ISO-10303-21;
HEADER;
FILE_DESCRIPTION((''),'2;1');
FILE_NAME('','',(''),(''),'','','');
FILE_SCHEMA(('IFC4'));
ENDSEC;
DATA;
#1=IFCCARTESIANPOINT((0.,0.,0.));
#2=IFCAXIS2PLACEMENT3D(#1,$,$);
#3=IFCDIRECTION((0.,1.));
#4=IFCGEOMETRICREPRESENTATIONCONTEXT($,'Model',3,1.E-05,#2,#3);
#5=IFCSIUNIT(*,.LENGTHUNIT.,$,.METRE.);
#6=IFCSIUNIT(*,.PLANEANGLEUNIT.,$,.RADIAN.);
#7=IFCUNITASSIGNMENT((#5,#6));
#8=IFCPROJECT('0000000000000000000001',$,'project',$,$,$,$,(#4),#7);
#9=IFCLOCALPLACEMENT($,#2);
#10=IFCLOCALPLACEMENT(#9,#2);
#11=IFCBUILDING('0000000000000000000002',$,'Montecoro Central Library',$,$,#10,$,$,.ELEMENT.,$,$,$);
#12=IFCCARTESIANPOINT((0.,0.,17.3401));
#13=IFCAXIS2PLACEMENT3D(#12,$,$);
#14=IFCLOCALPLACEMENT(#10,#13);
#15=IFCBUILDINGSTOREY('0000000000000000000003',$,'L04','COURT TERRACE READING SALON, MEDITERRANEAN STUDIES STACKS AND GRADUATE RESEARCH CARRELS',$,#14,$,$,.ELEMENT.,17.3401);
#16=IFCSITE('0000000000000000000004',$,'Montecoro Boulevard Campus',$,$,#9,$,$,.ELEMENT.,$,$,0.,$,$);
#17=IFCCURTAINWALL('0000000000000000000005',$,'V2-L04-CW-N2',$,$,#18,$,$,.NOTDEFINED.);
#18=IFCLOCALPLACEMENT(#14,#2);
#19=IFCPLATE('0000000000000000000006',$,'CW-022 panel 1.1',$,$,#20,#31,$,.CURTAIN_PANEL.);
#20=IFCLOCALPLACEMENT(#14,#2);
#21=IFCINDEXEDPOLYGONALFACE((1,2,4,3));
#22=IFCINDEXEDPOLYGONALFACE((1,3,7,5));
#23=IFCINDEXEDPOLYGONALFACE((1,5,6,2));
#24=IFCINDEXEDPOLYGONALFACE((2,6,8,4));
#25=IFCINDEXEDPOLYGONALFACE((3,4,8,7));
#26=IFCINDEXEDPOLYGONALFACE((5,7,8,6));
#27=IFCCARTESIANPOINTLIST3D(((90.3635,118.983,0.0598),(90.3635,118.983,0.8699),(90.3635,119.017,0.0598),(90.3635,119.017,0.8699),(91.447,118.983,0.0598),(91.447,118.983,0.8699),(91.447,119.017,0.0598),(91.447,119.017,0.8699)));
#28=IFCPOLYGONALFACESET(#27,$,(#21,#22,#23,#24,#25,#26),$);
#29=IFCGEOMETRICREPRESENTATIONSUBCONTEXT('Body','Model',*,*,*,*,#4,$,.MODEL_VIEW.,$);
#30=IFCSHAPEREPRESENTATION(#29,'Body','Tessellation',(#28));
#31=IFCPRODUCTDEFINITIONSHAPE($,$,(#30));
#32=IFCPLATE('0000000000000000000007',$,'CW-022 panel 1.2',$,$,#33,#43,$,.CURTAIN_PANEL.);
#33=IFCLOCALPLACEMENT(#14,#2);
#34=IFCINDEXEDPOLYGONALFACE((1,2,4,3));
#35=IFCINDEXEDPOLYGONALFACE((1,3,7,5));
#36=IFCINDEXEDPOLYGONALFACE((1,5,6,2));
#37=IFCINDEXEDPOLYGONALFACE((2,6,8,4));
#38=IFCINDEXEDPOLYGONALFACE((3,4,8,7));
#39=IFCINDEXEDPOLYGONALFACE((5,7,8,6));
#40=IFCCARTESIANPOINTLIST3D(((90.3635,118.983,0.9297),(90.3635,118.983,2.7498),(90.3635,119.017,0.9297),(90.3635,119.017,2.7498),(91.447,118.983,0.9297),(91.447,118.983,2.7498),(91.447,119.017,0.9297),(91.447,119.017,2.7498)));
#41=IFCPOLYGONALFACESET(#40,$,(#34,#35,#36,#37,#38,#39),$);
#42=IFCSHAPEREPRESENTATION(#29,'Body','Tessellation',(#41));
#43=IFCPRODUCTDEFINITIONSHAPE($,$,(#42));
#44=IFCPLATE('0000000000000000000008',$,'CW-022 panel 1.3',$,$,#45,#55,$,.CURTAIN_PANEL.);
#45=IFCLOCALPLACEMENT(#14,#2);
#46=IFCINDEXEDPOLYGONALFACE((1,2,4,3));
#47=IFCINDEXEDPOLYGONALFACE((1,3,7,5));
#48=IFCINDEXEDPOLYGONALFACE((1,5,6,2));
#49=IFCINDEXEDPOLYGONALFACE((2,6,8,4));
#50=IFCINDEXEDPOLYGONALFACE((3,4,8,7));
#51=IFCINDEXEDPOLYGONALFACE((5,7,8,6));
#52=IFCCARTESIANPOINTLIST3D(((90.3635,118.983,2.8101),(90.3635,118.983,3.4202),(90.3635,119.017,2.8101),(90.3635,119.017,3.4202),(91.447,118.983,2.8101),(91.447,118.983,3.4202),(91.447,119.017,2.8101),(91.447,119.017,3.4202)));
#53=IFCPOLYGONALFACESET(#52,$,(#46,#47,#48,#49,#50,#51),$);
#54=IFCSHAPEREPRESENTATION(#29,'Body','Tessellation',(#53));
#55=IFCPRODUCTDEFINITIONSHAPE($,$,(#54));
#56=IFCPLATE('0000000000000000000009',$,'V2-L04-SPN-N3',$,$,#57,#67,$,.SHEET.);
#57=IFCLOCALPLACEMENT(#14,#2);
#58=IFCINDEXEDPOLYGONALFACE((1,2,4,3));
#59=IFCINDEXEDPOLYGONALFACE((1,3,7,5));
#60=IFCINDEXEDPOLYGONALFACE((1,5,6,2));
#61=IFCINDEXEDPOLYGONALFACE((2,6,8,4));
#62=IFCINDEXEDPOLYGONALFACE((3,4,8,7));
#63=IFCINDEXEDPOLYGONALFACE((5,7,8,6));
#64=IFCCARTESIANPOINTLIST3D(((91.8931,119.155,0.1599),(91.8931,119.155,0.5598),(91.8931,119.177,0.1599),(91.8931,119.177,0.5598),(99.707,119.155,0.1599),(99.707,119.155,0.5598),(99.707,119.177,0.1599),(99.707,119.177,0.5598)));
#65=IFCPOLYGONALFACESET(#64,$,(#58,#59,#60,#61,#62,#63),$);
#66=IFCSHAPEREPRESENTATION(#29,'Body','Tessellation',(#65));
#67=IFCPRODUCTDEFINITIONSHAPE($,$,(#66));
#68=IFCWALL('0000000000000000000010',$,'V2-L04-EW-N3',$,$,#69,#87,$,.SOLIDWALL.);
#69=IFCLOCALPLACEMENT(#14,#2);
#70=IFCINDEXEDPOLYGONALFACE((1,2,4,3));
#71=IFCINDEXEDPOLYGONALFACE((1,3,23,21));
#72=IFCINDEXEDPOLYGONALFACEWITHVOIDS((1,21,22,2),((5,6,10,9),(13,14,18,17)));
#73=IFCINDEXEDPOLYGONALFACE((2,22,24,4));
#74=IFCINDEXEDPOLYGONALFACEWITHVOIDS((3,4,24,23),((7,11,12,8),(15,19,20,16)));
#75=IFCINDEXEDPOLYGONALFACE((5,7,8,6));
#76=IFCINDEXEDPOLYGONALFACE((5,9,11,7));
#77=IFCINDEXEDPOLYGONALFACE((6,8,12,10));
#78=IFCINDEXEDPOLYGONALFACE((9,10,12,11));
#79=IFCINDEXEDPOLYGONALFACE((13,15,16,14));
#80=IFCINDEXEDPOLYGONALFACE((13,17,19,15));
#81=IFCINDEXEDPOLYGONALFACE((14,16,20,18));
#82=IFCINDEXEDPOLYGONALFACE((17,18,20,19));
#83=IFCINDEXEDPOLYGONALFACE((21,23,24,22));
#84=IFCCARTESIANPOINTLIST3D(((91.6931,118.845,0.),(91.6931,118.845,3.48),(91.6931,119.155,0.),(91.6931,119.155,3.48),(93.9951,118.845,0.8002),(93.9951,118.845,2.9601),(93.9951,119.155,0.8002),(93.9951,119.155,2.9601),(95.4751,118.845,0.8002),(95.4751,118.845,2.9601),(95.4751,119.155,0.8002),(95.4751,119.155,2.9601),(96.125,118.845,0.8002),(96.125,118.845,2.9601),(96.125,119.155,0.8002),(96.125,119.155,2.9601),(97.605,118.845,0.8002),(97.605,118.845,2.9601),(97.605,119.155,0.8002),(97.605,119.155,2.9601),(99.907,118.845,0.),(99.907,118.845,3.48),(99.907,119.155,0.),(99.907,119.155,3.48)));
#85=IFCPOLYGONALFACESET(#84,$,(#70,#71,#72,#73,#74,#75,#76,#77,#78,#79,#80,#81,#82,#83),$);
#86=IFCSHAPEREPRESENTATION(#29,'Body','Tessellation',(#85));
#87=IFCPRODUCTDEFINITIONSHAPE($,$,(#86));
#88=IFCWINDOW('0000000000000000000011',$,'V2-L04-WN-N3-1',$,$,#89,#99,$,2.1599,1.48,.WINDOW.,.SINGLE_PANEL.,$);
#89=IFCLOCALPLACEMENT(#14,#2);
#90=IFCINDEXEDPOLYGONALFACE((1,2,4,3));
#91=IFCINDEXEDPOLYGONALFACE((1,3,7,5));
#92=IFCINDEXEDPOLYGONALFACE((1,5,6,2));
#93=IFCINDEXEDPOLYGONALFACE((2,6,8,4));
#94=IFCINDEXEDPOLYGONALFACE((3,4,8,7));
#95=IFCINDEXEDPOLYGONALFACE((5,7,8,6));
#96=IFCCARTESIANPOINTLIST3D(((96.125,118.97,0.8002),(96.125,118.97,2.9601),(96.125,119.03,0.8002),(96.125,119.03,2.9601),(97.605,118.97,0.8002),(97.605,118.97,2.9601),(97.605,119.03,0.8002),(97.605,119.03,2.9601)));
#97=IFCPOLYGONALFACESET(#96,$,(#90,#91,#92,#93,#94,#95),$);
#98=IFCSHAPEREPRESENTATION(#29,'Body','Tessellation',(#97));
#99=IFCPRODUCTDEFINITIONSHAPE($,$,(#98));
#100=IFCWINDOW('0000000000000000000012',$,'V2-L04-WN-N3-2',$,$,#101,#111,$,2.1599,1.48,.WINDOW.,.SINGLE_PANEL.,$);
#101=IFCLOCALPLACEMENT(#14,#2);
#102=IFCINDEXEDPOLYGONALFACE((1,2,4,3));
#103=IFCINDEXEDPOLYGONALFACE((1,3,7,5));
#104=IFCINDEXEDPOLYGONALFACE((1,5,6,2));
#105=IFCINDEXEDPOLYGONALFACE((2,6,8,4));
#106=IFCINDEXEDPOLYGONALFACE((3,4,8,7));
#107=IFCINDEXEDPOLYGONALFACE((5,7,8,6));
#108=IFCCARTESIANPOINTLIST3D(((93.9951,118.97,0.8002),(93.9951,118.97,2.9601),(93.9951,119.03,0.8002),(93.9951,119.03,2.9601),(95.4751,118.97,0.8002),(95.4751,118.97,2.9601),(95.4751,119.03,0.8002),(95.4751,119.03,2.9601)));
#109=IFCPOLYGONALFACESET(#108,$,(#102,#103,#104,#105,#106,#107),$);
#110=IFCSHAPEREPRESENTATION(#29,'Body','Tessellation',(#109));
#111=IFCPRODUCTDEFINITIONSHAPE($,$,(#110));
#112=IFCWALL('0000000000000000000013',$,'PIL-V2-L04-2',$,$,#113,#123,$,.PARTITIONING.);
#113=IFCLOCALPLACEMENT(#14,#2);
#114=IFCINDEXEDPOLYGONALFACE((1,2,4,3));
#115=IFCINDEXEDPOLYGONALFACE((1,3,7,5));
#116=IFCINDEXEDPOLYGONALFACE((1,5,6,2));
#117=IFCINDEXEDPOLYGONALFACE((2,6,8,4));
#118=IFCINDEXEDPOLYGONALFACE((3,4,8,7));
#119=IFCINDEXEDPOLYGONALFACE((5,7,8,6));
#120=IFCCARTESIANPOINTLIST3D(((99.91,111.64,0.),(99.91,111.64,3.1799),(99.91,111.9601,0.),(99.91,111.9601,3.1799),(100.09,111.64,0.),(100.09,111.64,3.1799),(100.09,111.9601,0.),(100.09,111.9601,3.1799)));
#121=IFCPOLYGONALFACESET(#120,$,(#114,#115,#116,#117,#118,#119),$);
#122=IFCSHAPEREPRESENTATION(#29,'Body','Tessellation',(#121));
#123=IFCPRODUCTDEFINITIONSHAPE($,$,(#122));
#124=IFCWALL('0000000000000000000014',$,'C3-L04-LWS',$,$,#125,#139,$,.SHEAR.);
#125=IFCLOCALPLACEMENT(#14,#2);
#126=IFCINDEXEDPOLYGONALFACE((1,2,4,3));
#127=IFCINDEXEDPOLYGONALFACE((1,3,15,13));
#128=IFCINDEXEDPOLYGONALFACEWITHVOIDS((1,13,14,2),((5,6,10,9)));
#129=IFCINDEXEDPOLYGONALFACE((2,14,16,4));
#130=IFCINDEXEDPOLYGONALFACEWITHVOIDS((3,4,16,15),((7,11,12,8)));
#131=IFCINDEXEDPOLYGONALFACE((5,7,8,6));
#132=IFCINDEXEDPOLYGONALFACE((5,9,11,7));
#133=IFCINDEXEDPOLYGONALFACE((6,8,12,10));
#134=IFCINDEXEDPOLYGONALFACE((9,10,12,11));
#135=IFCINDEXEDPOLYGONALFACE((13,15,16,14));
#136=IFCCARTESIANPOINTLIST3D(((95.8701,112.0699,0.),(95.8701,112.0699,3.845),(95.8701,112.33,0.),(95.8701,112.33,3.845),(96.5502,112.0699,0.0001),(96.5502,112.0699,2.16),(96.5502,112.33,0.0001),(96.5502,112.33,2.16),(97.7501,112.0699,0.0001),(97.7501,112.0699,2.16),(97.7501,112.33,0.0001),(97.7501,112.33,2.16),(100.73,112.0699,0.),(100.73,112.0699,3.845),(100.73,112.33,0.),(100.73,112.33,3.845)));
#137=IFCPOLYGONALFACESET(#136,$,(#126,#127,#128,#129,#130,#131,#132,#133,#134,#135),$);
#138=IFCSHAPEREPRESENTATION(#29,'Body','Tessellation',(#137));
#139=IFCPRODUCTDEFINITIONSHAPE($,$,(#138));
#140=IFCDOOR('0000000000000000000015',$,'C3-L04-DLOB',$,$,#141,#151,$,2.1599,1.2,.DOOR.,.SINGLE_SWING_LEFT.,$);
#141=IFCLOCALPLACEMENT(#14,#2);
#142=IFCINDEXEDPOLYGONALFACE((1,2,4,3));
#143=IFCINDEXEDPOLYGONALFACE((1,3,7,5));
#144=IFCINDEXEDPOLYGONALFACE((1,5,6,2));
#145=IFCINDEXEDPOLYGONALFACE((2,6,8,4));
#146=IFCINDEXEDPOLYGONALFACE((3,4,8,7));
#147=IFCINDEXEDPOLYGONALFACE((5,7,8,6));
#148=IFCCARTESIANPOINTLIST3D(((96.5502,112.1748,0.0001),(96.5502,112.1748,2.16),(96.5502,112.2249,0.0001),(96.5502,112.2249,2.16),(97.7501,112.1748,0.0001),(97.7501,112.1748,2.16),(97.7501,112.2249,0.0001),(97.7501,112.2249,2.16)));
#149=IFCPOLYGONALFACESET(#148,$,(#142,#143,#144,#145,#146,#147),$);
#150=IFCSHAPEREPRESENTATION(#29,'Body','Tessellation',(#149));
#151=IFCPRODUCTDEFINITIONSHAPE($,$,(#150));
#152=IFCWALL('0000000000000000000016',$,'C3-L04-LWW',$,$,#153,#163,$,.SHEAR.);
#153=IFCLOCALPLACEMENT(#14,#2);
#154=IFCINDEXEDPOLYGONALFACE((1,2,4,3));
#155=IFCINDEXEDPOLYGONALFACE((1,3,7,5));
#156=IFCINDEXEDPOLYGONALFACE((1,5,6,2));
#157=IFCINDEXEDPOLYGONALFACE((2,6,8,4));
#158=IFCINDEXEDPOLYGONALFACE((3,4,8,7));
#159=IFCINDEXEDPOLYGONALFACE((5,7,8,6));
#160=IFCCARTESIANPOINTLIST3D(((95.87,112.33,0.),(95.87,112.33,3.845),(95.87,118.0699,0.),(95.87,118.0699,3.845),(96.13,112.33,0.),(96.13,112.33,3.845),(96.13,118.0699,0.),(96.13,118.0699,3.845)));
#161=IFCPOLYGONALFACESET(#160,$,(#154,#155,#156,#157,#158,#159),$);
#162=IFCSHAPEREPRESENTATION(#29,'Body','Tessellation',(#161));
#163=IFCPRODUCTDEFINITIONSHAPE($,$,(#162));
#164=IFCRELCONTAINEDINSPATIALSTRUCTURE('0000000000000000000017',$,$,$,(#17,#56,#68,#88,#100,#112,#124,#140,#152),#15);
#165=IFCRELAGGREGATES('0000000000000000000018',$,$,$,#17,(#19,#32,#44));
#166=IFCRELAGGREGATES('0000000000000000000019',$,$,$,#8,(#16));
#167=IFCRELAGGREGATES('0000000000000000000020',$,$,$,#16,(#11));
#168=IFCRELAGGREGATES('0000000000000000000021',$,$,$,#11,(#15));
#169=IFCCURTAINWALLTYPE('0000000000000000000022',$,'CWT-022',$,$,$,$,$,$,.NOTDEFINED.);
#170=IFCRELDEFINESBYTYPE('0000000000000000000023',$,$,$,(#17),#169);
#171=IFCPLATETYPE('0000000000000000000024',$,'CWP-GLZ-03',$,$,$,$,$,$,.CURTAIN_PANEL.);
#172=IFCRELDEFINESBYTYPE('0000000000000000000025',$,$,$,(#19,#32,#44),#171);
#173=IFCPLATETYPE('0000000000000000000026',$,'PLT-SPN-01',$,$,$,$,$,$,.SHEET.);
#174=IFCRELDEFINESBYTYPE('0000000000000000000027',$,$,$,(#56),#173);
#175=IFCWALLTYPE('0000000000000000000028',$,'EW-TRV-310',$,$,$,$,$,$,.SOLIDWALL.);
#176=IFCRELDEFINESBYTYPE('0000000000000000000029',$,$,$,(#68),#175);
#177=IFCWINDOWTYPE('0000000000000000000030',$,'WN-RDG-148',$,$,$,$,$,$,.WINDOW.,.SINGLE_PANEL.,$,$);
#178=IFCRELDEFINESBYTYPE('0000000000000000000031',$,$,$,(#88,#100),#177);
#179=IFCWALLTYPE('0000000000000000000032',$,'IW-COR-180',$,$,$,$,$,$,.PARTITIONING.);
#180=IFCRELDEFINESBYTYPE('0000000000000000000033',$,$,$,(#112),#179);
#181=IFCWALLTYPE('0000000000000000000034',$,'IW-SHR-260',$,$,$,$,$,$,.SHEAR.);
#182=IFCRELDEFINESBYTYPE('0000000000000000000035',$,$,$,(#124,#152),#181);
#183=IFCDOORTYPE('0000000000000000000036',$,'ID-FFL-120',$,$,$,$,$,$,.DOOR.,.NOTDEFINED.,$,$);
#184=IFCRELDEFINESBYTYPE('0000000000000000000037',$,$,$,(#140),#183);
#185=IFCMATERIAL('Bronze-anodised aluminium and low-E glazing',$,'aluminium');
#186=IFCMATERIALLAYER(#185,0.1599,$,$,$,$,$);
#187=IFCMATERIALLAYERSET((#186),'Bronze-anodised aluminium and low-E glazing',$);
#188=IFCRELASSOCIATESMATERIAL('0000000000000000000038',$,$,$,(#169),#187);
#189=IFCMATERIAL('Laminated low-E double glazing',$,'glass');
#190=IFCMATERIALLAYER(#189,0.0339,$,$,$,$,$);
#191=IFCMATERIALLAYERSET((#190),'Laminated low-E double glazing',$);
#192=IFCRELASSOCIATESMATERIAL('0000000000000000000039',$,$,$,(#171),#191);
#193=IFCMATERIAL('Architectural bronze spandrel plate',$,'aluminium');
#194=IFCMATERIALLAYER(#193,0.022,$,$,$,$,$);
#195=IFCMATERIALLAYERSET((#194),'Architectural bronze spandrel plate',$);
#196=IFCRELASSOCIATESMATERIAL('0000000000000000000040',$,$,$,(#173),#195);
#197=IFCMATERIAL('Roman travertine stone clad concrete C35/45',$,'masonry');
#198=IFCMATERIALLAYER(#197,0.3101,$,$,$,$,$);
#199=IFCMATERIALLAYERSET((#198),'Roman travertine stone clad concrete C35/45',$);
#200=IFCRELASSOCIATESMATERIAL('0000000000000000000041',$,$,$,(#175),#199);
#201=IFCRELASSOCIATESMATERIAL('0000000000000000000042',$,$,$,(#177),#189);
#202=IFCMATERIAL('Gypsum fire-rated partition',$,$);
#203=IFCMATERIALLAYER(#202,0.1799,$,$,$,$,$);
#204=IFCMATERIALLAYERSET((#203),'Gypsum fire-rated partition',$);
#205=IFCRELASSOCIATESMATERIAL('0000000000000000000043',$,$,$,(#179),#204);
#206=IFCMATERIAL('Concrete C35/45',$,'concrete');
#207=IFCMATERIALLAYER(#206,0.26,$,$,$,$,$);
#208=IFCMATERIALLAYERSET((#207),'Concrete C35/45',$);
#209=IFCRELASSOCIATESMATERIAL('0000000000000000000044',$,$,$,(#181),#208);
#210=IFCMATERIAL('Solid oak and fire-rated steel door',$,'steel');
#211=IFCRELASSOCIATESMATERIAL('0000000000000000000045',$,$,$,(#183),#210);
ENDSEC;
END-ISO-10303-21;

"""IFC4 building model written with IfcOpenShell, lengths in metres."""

from ifc_helpers import new_model, si_unit, direction, frame, frame_2d, origin, origin_2d, place, context, subcontext, project, spatial, rectangle, extrude, material, layer, layer_set, type_object, element, fill, aggregate, save


model = new_model("IFC4")

# Units and contexts
model_context = context("Model", 3, precision=1e-05, world=origin(), true_north=direction((0.0, 1.0)))
body_context = subcontext(model_context, "Body", "Model", "MODEL_VIEW")
ifc_project = project(units=[si_unit("LENGTHUNIT", "METRE"), si_unit("PLANEANGLEUNIT", "RADIAN")], contexts=[model_context])

# Site, building, storey
site_placement = place(None, origin())
site = spatial("IfcSite", under=ifc_project, at=site_placement, Name="Montecoro Boulevard Campus", CompositionType="ELEMENT", RefElevation=0.0)
building_placement = place(site_placement, origin())
building = spatial("IfcBuilding", under=site, at=building_placement, Name="Montecoro Central Library", CompositionType="ELEMENT")
storey_placement = place(building_placement, frame((0.0, 0.0, 17.3401)))
storey = spatial("IfcBuildingStorey", under=building, at=storey_placement, Name="L04", Description="COURT TERRACE READING SALON, MEDITERRANEAN STUDIES STACKS AND GRADUATE RESEARCH CARRELS", CompositionType="ELEMENT", Elevation=17.3401)

# Shared definitions
ifc_material_1 = material(Name="Bronze-anodised aluminium and low-E glazing", Category="aluminium")
ifc_layer_1 = layer(ifc_material_1, 0.1599)
ifc_layer_set_1 = layer_set([ifc_layer_1], Name="Bronze-anodised aluminium and low-E glazing")
curtain_wall_type = type_object("IfcCurtainWallType", Name="CWT-022", PredefinedType="NOTDEFINED", material=ifc_layer_set_1)

# Curtain wall, plates
curtain_wall_1_placement = place(storey_placement, origin())
curtain_wall_1 = element("IfcCurtainWall", 1, at=curtain_wall_1_placement, inside=storey, type_object=curtain_wall_type, Name="V2-L04-CW-N2", PredefinedType="NOTDEFINED")
ifc_material_2 = material(Name="Laminated low-E double glazing", Category="glass")
ifc_layer_2 = layer(ifc_material_2, 0.0339)
ifc_layer_set_2 = layer_set([ifc_layer_2], Name="Laminated low-E double glazing")
plate_type_1 = type_object("IfcPlateType", Name="CWP-GLZ-03", PredefinedType="CURTAIN_PANEL", material=ifc_layer_set_2)
plate_1_placement = place(storey_placement, frame((90.9053, 119.0, 0.0598), z_axis=(0.0, 0.0, 1.0), x_axis=(-1.0, 0.0, 0.0)))
plate_1 = element("IfcPlate", 2, at=plate_1_placement, type_object=plate_type_1, Name="CW-022 panel 1.1", PredefinedType="CURTAIN_PANEL", context=body_context, shape_type="SweptSolid", body=[
    extrude(rectangle(XDim=1.0835, YDim=0.0339, at=origin_2d()), origin(), (0.0, 0.0, 1.0), 0.8101),
])
plate_2_placement = place(storey_placement, frame((90.9053, 119.0, 0.9297), z_axis=(0.0, 0.0, 1.0), x_axis=(-1.0, 0.0, 0.0)))
plate_2 = element("IfcPlate", 3, at=plate_2_placement, type_object=plate_type_1, Name="CW-022 panel 1.2", PredefinedType="CURTAIN_PANEL", context=body_context, shape_type="SweptSolid", body=[
    extrude(rectangle(XDim=1.0835, YDim=0.0339, at=origin_2d()), origin(), (0.0, 0.0, 1.0), 1.8201),
])
plate_3_placement = place(storey_placement, frame((90.9053, 119.0, 2.8101), z_axis=(0.0, 0.0, 1.0), x_axis=(-1.0, 0.0, 0.0)))
plate_3 = element("IfcPlate", 4, at=plate_3_placement, type_object=plate_type_1, Name="CW-022 panel 1.3", PredefinedType="CURTAIN_PANEL", context=body_context, shape_type="SweptSolid", body=[
    extrude(rectangle(XDim=1.0835, YDim=0.0339, at=origin_2d()), origin(), (0.0, 0.0, 1.0), 0.6101),
])
aggregate(curtain_wall_1, [plate_1, plate_2, plate_3])

# Plate
ifc_material_3 = material(Name="Architectural bronze spandrel plate", Category="aluminium")
ifc_layer_3 = layer(ifc_material_3, 0.022)
ifc_layer_set_3 = layer_set([ifc_layer_3], Name="Architectural bronze spandrel plate")
plate_type_2 = type_object("IfcPlateType", Name="PLT-SPN-01", PredefinedType="SHEET", material=ifc_layer_set_3)
plate_4_placement = place(storey_placement, frame((95.8, 119.166, 0.1599), z_axis=(0.0, 0.0, 1.0), x_axis=(-1.0, 0.0, 0.0)))
element("IfcPlate", 5, at=plate_4_placement, inside=storey, type_object=plate_type_2, Name="V2-L04-SPN-N3", PredefinedType="SHEET", context=body_context, shape_type="SweptSolid", body=[
    extrude(rectangle(XDim=7.814, YDim=0.022, at=origin_2d()), origin(), (0.0, 0.0, 1.0), 0.3999),
])

# Wall, openings, windows
ifc_material_4 = material(Name="Roman travertine stone clad concrete C35/45", Category="masonry")
ifc_layer_4 = layer(ifc_material_4, 0.3101)
ifc_layer_set_4 = layer_set([ifc_layer_4], Name="Roman travertine stone clad concrete C35/45")
wall_type_1 = type_object("IfcWallType", Name="EW-TRV-310", PredefinedType="SOLIDWALL", material=ifc_layer_set_4)
wall_1_placement = place(storey_placement, frame((99.907, 119.0, 0.0), z_axis=(0.0, 0.0, 1.0), x_axis=(-1.0, 0.0, 0.0)))
wall_1 = element("IfcWall", 6, at=wall_1_placement, inside=storey, type_object=wall_type_1, Name="V2-L04-EW-N3", PredefinedType="SOLIDWALL", context=body_context, shape_type="SweptSolid", body=[
    extrude(rectangle(XDim=8.2139, YDim=0.3101, at=frame_2d((4.1069, 0.0))), origin(), (0.0, 0.0, 1.0), 3.48),
])
opening_1_placement = place(wall_1_placement, frame((2.302, 0.0, 0.8)))
opening_1 = element("IfcOpeningElement", 7, at=opening_1_placement, cuts=wall_1, PredefinedType="OPENING", context=body_context, shape_type="SweptSolid", body=[
    extrude(rectangle(XDim=1.48, YDim=2.1599, at=frame_2d((0.74, 1.0801))), frame((0.0, 0.165, 0.0), z_axis=(0.0, -1.0, 0.0), x_axis=(1.0, 0.0, 0.0)), (0.0, 0.0, 1.0), 0.3301),
])
opening_2_placement = place(wall_1_placement, frame((4.4319, 0.0, 0.8)))
opening_2 = element("IfcOpeningElement", 8, at=opening_2_placement, cuts=wall_1, PredefinedType="OPENING", context=body_context, shape_type="SweptSolid", body=[
    extrude(rectangle(XDim=1.48, YDim=2.1599, at=frame_2d((0.74, 1.0801))), frame((0.0, 0.165, 0.0), z_axis=(0.0, -1.0, 0.0), x_axis=(1.0, 0.0, 0.0)), (0.0, 0.0, 1.0), 0.3301),
])
window_type = type_object("IfcWindowType", Name="WN-RDG-148", PartitioningType="SINGLE_PANEL", PredefinedType="WINDOW", material=ifc_material_2)
window_1_placement = place(opening_1_placement, origin())
window_1 = element("IfcWindow", 9, at=window_1_placement, inside=storey, type_object=window_type, Name="V2-L04-WN-N3-1", OverallHeight=2.1599, OverallWidth=1.48, PartitioningType="SINGLE_PANEL", PredefinedType="WINDOW", context=body_context, shape_type="SweptSolid", body=[
    extrude(rectangle(XDim=1.48, YDim=2.1599, at=frame_2d((0.74, 1.0801))), frame((0.0, 0.03, 0.0), z_axis=(0.0, -1.0, 0.0), x_axis=(1.0, 0.0, 0.0)), (0.0, 0.0, 1.0), 0.0601),
])
fill(opening_1, window_1)
window_2_placement = place(opening_2_placement, origin())
window_2 = element("IfcWindow", 10, at=window_2_placement, inside=storey, type_object=window_type, Name="V2-L04-WN-N3-2", OverallHeight=2.1599, OverallWidth=1.48, PartitioningType="SINGLE_PANEL", PredefinedType="WINDOW", context=body_context, shape_type="SweptSolid", body=[
    extrude(rectangle(XDim=1.48, YDim=2.1599, at=frame_2d((0.74, 1.0801))), frame((0.0, 0.03, 0.0), z_axis=(0.0, -1.0, 0.0), x_axis=(1.0, 0.0, 0.0)), (0.0, 0.0, 1.0), 0.0601),
])
fill(opening_2, window_2)

# Wall
ifc_material_5 = material(Name="Gypsum fire-rated partition")
ifc_layer_5 = layer(ifc_material_5, 0.1799)
ifc_layer_set_5 = layer_set([ifc_layer_5], Name="Gypsum fire-rated partition")
wall_type_2 = type_object("IfcWallType", Name="IW-COR-180", PredefinedType="PARTITIONING", material=ifc_layer_set_5)
wall_2_placement = place(storey_placement, frame((100.0, 111.6399, 0.0), z_axis=(0.0, 0.0, 1.0), x_axis=(0.0, 1.0, 0.0)))
element("IfcWall", 11, at=wall_2_placement, inside=storey, type_object=wall_type_2, Name="PIL-V2-L04-2", PredefinedType="PARTITIONING", context=body_context, shape_type="SweptSolid", body=[
    extrude(rectangle(XDim=0.3201, YDim=0.1799, at=frame_2d((0.1602, 0.0))), origin(), (0.0, 0.0, 1.0), 3.1799),
])

# Wall, opening, door
ifc_material_6 = material(Name="Solid oak and fire-rated steel door", Category="steel")
ifc_material_7 = material(Name="Concrete C35/45", Category="concrete")
ifc_layer_6 = layer(ifc_material_7, 0.26)
ifc_layer_set_6 = layer_set([ifc_layer_6], Name="Concrete C35/45")
wall_type_3 = type_object("IfcWallType", Name="IW-SHR-260", PredefinedType="SHEAR", material=ifc_layer_set_6)
wall_3_placement = place(storey_placement, frame((95.8701, 112.2, 0.0), z_axis=(0.0, 0.0, 1.0), x_axis=(1.0, 0.0, 0.0)))
wall_3 = element("IfcWall", 12, at=wall_3_placement, inside=storey, type_object=wall_type_3, Name="C3-L04-LWS", PredefinedType="SHEAR", context=body_context, shape_type="SweptSolid", body=[
    extrude(rectangle(XDim=4.8599, YDim=0.26, at=frame_2d((2.4299, 0.0))), origin(), (0.0, 0.0, 1.0), 3.845),
])
opening_3_placement = place(wall_3_placement, frame((0.6799, 0.0, 0.0)))
opening_3 = element("IfcOpeningElement", 13, at=opening_3_placement, cuts=wall_3, PredefinedType="OPENING", context=body_context, shape_type="SweptSolid", body=[
    extrude(rectangle(XDim=1.2, YDim=2.1599, at=frame_2d((0.6001, 1.0801))), frame((0.0, 0.1399, 0.0), z_axis=(0.0, -1.0, 0.0), x_axis=(1.0, 0.0, 0.0)), (0.0, 0.0, 1.0), 0.28),
])
door_type_1 = type_object("IfcDoorType", Name="ID-FFL-120", OperationType="NOTDEFINED", PredefinedType="DOOR", material=ifc_material_6)
door_1_placement = place(opening_3_placement, origin())
door_1 = element("IfcDoor", 14, at=door_1_placement, inside=storey, type_object=door_type_1, Name="C3-L04-DLOB", OperationType="SINGLE_SWING_LEFT", OverallHeight=2.1599, OverallWidth=1.2, PredefinedType="DOOR", context=body_context, shape_type="SweptSolid", body=[
    extrude(rectangle(XDim=1.2, YDim=2.1599, at=frame_2d((0.6001, 1.0801))), frame((0.0, 0.0249, 0.0), z_axis=(0.0, -1.0, 0.0), x_axis=(1.0, 0.0, 0.0)), (0.0, 0.0, 1.0), 0.05),
])
fill(opening_3, door_1)

# Wall
wall_4_placement = place(storey_placement, frame((96.0, 118.0701, 0.0), z_axis=(0.0, 0.0, 1.0), x_axis=(0.0, -1.0, 0.0)))
element("IfcWall", 15, at=wall_4_placement, inside=storey, type_object=wall_type_3, Name="C3-L04-LWW", PredefinedType="SHEAR", context=body_context, shape_type="SweptSolid", body=[
    extrude(rectangle(XDim=5.74, YDim=0.26, at=frame_2d((2.8701, 0.0))), origin(), (0.0, 0.0, 1.0), 3.845),
])

save(model, "model.ifc")
